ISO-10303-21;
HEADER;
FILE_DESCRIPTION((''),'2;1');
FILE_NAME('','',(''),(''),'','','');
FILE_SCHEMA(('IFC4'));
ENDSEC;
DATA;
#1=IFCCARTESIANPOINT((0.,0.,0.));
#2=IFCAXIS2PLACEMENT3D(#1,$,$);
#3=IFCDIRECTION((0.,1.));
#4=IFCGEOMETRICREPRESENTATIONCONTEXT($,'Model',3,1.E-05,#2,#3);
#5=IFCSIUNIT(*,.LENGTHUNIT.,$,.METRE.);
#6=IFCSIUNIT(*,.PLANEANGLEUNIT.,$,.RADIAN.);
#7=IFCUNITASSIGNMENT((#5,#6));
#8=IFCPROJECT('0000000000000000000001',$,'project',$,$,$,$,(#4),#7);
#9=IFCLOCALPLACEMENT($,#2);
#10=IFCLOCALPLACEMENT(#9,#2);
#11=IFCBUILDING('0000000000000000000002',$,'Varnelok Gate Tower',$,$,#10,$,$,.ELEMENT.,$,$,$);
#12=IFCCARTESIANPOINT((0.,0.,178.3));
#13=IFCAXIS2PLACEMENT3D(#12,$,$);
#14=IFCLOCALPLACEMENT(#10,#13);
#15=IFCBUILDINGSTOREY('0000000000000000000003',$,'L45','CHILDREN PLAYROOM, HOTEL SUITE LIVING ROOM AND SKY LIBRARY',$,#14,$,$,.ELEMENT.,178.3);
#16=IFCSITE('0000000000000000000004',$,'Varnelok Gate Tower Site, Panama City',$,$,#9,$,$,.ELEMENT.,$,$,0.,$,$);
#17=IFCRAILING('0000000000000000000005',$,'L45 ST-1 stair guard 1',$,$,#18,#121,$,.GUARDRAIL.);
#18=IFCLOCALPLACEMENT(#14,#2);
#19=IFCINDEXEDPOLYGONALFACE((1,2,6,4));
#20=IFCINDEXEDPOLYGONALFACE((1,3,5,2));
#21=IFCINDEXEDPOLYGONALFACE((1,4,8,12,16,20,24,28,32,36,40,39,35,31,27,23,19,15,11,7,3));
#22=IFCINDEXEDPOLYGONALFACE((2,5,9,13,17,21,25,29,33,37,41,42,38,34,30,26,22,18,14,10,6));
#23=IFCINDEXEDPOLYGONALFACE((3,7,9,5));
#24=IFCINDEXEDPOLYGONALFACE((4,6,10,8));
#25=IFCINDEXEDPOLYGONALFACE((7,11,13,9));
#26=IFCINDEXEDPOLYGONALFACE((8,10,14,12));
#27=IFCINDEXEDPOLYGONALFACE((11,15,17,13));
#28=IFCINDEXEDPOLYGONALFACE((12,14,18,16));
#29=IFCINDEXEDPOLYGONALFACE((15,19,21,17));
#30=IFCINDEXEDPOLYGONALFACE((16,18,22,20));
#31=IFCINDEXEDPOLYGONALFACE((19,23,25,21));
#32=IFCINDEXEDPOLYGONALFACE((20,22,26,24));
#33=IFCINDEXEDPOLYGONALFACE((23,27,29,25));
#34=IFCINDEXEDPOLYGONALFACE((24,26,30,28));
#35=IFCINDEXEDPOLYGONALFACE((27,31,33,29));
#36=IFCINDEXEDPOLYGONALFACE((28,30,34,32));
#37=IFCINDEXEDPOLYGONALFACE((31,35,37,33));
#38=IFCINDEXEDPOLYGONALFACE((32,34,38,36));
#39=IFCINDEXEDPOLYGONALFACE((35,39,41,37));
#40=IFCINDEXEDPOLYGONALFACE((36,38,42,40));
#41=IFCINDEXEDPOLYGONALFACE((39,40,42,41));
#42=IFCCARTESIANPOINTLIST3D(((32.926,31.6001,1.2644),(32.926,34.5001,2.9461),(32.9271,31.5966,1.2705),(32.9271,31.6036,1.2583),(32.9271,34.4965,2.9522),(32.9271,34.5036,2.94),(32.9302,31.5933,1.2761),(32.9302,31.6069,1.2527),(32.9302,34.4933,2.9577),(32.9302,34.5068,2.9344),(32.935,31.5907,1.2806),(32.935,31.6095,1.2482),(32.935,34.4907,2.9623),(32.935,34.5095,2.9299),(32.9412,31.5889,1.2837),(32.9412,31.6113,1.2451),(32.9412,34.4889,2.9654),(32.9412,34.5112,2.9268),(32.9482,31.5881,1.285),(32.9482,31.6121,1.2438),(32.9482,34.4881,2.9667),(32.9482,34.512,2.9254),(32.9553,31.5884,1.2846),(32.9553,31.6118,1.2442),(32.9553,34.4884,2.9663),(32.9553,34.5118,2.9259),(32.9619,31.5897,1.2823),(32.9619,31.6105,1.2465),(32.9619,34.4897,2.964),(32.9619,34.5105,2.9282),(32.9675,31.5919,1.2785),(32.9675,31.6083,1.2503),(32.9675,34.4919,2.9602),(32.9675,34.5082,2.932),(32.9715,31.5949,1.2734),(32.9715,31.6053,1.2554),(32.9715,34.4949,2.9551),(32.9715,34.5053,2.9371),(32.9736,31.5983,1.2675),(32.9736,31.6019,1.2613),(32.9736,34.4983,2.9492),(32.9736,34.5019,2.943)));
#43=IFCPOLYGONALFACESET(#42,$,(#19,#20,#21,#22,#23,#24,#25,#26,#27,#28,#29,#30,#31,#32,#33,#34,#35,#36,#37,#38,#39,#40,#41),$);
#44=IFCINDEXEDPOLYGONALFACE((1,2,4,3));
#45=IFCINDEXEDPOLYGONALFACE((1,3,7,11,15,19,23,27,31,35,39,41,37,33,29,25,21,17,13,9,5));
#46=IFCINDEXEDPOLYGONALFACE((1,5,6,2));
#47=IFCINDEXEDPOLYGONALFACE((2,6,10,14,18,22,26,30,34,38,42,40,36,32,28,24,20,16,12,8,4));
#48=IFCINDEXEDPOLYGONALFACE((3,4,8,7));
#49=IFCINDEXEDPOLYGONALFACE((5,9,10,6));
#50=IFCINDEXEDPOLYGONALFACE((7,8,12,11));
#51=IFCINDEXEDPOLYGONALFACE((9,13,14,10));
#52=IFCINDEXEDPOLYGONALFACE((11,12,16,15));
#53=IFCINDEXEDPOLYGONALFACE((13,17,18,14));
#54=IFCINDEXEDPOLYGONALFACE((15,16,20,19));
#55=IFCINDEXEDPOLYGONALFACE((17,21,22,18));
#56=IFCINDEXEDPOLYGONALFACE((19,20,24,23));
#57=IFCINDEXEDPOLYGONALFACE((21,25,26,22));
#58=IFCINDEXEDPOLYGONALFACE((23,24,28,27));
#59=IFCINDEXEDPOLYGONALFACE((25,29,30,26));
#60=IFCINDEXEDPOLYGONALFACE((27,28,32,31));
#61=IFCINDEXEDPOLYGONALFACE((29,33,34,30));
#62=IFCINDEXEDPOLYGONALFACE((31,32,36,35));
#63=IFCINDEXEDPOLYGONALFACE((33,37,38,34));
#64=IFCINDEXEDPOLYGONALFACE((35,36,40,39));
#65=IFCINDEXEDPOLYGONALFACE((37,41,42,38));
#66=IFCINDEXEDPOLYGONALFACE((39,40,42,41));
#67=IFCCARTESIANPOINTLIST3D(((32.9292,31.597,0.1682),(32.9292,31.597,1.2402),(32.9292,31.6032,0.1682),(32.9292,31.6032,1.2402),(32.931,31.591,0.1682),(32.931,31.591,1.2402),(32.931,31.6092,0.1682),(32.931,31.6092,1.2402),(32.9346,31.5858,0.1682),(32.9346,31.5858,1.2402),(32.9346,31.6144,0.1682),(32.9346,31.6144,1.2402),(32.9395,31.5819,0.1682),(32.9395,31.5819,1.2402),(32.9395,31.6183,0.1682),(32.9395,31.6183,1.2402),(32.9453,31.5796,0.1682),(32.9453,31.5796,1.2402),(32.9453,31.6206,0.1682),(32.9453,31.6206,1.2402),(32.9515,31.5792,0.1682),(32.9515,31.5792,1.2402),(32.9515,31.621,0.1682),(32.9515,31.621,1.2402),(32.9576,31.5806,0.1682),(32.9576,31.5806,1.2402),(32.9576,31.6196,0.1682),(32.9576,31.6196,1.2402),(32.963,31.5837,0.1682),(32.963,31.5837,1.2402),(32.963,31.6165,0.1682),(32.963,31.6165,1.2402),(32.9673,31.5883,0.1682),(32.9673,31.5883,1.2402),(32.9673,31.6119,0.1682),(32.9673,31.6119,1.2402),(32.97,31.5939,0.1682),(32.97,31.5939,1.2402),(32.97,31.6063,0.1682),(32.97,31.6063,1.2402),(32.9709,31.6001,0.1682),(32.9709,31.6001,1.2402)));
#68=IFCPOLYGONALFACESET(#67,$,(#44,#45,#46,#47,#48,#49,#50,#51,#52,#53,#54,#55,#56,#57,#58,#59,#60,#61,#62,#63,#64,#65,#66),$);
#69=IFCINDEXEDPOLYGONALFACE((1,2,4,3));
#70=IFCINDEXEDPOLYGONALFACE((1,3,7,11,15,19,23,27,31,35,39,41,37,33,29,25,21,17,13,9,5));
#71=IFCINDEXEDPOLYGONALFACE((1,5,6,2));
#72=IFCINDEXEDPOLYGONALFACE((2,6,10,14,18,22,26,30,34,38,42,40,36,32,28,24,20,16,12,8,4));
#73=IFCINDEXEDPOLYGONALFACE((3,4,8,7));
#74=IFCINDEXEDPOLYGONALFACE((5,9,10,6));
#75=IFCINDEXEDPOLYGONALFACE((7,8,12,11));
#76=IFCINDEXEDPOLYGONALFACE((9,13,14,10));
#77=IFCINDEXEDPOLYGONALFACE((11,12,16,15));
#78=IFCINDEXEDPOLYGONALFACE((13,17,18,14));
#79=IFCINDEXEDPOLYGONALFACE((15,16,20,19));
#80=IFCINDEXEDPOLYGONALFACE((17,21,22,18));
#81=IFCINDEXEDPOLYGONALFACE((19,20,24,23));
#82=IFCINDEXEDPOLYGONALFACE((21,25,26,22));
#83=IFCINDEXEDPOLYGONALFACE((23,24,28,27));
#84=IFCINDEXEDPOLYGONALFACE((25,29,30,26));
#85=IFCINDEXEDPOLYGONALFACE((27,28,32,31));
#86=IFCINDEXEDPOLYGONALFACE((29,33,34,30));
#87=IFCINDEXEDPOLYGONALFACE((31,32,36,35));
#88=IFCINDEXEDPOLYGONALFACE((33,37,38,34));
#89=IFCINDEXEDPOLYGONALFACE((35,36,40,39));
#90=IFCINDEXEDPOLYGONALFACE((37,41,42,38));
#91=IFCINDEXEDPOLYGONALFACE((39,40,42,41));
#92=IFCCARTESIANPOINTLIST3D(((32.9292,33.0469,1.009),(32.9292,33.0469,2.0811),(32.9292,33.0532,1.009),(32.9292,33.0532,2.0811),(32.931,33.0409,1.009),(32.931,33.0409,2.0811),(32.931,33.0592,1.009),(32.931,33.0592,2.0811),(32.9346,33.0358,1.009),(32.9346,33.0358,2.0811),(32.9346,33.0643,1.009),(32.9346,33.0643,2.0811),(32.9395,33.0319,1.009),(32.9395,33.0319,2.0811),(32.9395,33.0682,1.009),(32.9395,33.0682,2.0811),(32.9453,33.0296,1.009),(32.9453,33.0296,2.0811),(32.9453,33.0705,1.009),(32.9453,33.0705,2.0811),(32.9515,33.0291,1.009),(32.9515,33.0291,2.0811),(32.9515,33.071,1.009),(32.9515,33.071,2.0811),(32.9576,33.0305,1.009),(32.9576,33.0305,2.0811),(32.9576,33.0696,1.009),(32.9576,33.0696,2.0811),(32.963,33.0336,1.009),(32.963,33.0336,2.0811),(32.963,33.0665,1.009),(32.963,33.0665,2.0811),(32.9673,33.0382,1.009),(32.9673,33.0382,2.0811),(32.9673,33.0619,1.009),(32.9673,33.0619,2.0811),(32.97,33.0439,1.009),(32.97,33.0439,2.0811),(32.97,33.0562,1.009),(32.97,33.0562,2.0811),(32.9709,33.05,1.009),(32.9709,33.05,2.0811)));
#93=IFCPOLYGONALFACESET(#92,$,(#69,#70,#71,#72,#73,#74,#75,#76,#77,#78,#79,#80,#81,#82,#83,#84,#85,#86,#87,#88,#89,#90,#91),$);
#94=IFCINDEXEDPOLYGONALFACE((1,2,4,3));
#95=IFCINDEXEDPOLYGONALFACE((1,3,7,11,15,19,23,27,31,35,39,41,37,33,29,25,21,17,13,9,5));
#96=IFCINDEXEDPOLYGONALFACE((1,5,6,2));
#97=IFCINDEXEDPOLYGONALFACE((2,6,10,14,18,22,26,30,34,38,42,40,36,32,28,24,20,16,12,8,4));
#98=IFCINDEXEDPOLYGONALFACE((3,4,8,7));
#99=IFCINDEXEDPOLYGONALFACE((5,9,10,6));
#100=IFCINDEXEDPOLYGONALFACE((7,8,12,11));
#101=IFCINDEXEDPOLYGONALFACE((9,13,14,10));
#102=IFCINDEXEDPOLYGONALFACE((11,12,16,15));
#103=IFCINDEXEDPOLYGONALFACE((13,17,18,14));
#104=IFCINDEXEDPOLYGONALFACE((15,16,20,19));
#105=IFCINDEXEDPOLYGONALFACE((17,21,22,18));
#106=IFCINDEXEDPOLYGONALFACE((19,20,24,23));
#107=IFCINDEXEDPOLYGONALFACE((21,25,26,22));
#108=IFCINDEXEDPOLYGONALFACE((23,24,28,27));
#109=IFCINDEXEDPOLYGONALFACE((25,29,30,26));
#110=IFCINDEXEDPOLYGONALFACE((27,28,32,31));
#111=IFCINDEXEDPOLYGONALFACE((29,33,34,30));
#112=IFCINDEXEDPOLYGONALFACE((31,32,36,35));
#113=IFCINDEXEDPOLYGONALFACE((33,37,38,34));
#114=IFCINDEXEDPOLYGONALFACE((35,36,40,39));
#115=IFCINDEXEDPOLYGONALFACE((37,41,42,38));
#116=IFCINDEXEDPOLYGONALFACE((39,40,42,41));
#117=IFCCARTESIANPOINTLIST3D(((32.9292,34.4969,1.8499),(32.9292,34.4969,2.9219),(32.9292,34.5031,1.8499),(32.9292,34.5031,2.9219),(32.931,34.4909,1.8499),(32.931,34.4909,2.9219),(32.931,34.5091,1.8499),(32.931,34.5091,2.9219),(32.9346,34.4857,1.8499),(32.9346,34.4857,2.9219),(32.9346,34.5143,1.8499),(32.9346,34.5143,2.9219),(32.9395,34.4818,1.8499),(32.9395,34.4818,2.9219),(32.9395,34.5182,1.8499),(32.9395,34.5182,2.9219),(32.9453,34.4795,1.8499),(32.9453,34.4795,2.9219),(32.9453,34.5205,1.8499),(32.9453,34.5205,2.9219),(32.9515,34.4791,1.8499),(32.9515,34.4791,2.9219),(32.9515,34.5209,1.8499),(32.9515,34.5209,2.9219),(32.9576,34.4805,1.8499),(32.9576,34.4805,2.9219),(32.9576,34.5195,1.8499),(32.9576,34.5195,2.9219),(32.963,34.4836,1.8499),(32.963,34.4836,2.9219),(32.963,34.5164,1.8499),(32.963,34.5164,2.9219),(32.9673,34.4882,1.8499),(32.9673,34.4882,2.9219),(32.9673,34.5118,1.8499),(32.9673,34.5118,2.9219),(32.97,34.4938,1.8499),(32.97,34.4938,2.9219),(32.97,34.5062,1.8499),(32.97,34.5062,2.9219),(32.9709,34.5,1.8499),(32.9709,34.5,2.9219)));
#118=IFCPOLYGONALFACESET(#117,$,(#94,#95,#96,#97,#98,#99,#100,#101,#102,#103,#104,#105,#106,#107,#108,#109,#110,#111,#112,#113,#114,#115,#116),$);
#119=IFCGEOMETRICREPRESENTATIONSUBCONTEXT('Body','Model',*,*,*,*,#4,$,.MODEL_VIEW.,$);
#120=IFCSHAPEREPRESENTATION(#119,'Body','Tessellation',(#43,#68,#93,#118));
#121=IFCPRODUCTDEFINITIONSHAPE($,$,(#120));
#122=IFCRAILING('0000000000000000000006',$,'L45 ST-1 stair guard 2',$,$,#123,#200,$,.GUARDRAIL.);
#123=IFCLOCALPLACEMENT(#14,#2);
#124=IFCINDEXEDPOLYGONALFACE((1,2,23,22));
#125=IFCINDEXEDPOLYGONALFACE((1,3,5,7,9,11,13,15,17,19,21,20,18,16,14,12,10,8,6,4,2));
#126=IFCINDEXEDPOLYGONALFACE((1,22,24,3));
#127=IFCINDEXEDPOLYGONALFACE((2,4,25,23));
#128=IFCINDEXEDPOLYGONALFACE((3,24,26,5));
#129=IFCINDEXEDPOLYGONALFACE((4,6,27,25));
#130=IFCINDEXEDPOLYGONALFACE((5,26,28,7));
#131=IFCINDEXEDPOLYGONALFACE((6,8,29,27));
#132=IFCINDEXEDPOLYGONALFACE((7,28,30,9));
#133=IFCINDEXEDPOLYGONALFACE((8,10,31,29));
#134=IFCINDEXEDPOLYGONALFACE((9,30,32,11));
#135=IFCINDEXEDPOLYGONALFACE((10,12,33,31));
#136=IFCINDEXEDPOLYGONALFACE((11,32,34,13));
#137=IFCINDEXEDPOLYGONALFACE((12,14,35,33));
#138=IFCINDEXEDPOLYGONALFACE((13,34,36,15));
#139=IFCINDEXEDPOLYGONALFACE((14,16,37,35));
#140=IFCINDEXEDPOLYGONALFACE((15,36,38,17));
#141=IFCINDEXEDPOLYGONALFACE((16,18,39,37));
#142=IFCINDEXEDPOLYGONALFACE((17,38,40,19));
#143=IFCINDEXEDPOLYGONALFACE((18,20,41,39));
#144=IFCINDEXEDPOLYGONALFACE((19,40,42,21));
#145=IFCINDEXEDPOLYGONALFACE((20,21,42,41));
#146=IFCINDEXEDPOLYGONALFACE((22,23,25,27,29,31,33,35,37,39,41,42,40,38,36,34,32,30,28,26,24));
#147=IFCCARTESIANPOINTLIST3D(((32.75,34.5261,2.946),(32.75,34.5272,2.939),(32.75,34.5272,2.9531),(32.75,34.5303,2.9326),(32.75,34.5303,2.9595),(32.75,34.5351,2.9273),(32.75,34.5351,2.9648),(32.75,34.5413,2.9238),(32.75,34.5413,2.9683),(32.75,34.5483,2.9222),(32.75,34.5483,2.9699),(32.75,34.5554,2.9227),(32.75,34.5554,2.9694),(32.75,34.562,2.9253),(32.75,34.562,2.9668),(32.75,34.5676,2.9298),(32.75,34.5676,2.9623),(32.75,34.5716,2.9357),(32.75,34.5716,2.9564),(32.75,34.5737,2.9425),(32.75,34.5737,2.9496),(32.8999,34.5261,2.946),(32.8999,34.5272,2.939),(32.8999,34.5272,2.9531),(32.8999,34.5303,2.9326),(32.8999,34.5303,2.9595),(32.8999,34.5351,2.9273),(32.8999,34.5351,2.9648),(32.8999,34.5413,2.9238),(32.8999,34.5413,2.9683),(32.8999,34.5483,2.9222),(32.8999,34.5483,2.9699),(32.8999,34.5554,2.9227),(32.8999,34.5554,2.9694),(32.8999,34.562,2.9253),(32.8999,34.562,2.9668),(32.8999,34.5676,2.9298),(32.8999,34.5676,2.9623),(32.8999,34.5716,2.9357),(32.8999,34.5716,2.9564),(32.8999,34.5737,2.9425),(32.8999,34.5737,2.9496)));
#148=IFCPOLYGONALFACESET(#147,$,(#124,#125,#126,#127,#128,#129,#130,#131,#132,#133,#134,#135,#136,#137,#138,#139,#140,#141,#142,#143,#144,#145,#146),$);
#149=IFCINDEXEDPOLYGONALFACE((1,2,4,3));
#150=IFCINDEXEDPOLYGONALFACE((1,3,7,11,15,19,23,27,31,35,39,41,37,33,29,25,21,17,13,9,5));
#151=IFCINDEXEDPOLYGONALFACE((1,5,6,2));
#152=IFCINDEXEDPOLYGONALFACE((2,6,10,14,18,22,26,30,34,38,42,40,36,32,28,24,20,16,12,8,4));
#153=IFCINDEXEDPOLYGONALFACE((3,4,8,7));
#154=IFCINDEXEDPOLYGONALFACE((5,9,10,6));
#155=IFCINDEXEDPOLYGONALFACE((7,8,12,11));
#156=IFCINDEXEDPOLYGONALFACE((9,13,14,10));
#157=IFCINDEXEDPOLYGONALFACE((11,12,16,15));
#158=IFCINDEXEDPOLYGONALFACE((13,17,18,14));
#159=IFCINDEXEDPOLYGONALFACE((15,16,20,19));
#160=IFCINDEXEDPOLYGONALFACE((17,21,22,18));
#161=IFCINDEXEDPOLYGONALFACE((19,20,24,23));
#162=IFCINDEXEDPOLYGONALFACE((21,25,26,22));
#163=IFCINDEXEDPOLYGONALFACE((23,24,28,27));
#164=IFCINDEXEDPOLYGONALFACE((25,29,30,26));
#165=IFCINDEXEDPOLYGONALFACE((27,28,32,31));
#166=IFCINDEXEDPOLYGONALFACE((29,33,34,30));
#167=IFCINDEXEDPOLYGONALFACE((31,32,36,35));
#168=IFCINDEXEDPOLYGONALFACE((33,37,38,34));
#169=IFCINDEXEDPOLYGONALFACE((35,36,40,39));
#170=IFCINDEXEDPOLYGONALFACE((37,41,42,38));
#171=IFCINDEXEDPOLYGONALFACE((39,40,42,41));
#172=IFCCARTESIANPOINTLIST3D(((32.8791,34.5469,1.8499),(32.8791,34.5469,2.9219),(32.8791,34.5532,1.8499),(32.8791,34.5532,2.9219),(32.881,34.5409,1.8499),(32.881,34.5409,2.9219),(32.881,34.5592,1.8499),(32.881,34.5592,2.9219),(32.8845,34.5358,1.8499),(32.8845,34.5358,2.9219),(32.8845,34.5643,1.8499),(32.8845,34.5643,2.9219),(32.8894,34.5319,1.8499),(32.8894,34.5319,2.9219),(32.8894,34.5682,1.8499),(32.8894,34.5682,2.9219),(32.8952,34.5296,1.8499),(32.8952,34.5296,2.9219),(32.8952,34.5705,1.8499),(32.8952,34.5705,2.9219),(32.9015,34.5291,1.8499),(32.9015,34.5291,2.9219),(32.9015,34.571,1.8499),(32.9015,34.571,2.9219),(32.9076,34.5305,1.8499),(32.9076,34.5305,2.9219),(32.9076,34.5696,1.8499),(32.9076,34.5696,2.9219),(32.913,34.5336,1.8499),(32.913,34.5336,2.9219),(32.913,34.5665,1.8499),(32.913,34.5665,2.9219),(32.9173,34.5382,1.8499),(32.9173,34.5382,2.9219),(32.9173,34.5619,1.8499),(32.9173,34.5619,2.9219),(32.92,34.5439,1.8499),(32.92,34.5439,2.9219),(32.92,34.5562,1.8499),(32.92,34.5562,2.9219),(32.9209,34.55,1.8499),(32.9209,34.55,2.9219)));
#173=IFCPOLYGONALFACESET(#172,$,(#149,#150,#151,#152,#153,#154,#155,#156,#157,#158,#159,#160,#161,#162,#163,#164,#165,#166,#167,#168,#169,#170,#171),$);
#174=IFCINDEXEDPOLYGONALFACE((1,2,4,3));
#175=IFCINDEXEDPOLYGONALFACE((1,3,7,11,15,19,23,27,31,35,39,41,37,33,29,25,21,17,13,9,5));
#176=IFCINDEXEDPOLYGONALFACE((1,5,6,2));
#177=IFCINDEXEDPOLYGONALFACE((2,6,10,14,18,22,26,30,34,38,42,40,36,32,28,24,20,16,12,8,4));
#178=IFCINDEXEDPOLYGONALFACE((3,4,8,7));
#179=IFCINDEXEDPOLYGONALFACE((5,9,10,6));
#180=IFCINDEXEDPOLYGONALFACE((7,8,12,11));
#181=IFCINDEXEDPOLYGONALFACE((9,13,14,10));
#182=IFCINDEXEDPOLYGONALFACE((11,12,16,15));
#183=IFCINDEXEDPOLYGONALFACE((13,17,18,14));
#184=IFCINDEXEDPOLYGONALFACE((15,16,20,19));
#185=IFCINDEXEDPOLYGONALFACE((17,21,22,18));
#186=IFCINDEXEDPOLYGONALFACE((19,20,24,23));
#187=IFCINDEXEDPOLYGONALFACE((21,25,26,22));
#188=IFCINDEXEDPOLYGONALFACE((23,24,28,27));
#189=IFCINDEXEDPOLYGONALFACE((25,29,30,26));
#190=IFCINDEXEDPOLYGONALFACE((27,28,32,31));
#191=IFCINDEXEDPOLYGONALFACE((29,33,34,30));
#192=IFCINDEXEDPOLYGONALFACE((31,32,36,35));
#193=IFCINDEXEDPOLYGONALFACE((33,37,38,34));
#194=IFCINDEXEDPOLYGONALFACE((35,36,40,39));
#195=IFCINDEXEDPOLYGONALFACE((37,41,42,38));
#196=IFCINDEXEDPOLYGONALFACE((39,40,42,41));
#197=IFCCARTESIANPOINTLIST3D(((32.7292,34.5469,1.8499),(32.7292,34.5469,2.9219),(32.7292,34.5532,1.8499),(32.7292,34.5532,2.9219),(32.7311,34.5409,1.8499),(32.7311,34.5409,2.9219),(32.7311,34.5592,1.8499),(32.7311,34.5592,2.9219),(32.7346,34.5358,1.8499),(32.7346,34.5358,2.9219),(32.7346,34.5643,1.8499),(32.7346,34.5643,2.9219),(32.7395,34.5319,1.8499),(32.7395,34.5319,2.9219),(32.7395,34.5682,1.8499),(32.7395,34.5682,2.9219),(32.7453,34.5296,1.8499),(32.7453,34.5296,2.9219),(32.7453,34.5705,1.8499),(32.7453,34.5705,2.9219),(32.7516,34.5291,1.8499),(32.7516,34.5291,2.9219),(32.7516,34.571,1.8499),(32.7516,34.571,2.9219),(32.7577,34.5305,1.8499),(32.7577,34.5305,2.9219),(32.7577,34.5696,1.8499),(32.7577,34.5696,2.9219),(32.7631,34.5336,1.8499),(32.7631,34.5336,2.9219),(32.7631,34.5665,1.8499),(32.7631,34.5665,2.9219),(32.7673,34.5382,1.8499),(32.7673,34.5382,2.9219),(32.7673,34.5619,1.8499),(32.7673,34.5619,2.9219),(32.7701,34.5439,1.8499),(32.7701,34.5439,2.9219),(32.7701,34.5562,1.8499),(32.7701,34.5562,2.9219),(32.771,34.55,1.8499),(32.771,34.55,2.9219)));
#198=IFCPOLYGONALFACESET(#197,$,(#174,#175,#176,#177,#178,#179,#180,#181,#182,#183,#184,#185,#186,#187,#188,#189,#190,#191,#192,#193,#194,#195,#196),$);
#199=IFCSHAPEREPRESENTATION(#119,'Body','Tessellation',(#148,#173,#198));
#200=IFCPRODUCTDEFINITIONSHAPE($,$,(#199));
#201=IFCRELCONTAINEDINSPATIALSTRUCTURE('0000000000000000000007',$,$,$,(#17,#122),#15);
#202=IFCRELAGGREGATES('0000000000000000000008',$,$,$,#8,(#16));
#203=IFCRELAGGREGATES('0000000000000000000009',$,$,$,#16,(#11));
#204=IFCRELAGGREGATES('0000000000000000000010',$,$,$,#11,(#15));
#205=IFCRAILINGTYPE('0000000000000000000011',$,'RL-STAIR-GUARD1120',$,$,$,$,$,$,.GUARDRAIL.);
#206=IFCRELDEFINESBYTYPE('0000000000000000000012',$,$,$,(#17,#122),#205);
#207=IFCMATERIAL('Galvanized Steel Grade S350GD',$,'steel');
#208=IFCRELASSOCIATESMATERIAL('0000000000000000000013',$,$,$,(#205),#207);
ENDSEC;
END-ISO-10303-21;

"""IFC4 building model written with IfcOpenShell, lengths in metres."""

from ifc_helpers import new_model, si_unit, direction, frame, origin, origin_2d, place, context, subcontext, project, spatial, circle, extrude, material, type_object, element, save


model = new_model("IFC4")

# Units and contexts
model_context = context("Model", 3, precision=1e-05, world=origin(), true_north=direction((0.0, 1.0)))
body_context = subcontext(model_context, "Body", "Model", "MODEL_VIEW")
ifc_project = project(units=[si_unit("LENGTHUNIT", "METRE"), si_unit("PLANEANGLEUNIT", "RADIAN")], contexts=[model_context])

# Site, building, storey
site_placement = place(None, origin())
site = spatial("IfcSite", under=ifc_project, at=site_placement, Name="Varnelok Gate Tower Site, Panama City", CompositionType="ELEMENT", RefElevation=0.0)
building_placement = place(site_placement, origin())
building = spatial("IfcBuilding", under=site, at=building_placement, Name="Varnelok Gate Tower", CompositionType="ELEMENT")
storey_placement = place(building_placement, frame((0.0, 0.0, 178.3)))
storey = spatial("IfcBuildingStorey", under=building, at=storey_placement, Name="L45", Description="CHILDREN PLAYROOM, HOTEL SUITE LIVING ROOM AND SKY LIBRARY", CompositionType="ELEMENT", Elevation=178.3)

# Shared definitions
ifc_material_1 = material(Name="Galvanized Steel Grade S350GD", Category="steel")

# Railings
railing_type_1 = type_object("IfcRailingType", Name="RL-STAIR-GUARD1120", PredefinedType="GUARDRAIL", material=ifc_material_1)
railing_1_placement = place(storey_placement, frame((32.95, 31.6001, 0.1682)))
element("IfcRailing", 1, at=railing_1_placement, inside=storey, type_object=railing_type_1, Name="L45 ST-1 stair guard 1", PredefinedType="GUARDRAIL", context=body_context, shape_type="SweptSolid", body=[
    extrude(circle(Radius=0.0239, at=origin_2d()), frame((0.0, 0.0, 1.0962), z_axis=(0.0, 0.86507, 0.501651), x_axis=(-1.0, 0.0, 0.0)), (0.0, 0.0, 1.0), 3.3523),
    extrude(circle(Radius=0.021, at=origin_2d()), origin(), (0.0, 0.0, 1.0), 1.072),
    extrude(circle(Radius=0.021, at=origin_2d()), frame((0.0, 1.45, 0.8408)), (0.0, 0.0, 1.0), 1.072),
    extrude(circle(Radius=0.021, at=origin_2d()), frame((0.0, 2.8999, 1.6816)), (0.0, 0.0, 1.0), 1.072),
])
railing_2_placement = place(storey_placement, frame((32.8999, 34.55, 1.8499)))
element("IfcRailing", 2, at=railing_2_placement, inside=storey, type_object=railing_type_1, Name="L45 ST-1 stair guard 2", PredefinedType="GUARDRAIL", context=body_context, shape_type="SweptSolid", body=[
    extrude(circle(Radius=0.0239, at=origin_2d()), frame((0.0, 0.0, 1.0962), z_axis=(-1.0, 0.0, 0.0), x_axis=(0.0, -1.0, 0.0)), (0.0, 0.0, 1.0), 0.1499),
    extrude(circle(Radius=0.021, at=origin_2d()), origin(), (0.0, 0.0, 1.0), 1.072),
    extrude(circle(Radius=0.021, at=origin_2d()), frame((-0.1499, 0.0, 0.0)), (0.0, 0.0, 1.0), 1.072),
])

save(model, "model.ifc")
